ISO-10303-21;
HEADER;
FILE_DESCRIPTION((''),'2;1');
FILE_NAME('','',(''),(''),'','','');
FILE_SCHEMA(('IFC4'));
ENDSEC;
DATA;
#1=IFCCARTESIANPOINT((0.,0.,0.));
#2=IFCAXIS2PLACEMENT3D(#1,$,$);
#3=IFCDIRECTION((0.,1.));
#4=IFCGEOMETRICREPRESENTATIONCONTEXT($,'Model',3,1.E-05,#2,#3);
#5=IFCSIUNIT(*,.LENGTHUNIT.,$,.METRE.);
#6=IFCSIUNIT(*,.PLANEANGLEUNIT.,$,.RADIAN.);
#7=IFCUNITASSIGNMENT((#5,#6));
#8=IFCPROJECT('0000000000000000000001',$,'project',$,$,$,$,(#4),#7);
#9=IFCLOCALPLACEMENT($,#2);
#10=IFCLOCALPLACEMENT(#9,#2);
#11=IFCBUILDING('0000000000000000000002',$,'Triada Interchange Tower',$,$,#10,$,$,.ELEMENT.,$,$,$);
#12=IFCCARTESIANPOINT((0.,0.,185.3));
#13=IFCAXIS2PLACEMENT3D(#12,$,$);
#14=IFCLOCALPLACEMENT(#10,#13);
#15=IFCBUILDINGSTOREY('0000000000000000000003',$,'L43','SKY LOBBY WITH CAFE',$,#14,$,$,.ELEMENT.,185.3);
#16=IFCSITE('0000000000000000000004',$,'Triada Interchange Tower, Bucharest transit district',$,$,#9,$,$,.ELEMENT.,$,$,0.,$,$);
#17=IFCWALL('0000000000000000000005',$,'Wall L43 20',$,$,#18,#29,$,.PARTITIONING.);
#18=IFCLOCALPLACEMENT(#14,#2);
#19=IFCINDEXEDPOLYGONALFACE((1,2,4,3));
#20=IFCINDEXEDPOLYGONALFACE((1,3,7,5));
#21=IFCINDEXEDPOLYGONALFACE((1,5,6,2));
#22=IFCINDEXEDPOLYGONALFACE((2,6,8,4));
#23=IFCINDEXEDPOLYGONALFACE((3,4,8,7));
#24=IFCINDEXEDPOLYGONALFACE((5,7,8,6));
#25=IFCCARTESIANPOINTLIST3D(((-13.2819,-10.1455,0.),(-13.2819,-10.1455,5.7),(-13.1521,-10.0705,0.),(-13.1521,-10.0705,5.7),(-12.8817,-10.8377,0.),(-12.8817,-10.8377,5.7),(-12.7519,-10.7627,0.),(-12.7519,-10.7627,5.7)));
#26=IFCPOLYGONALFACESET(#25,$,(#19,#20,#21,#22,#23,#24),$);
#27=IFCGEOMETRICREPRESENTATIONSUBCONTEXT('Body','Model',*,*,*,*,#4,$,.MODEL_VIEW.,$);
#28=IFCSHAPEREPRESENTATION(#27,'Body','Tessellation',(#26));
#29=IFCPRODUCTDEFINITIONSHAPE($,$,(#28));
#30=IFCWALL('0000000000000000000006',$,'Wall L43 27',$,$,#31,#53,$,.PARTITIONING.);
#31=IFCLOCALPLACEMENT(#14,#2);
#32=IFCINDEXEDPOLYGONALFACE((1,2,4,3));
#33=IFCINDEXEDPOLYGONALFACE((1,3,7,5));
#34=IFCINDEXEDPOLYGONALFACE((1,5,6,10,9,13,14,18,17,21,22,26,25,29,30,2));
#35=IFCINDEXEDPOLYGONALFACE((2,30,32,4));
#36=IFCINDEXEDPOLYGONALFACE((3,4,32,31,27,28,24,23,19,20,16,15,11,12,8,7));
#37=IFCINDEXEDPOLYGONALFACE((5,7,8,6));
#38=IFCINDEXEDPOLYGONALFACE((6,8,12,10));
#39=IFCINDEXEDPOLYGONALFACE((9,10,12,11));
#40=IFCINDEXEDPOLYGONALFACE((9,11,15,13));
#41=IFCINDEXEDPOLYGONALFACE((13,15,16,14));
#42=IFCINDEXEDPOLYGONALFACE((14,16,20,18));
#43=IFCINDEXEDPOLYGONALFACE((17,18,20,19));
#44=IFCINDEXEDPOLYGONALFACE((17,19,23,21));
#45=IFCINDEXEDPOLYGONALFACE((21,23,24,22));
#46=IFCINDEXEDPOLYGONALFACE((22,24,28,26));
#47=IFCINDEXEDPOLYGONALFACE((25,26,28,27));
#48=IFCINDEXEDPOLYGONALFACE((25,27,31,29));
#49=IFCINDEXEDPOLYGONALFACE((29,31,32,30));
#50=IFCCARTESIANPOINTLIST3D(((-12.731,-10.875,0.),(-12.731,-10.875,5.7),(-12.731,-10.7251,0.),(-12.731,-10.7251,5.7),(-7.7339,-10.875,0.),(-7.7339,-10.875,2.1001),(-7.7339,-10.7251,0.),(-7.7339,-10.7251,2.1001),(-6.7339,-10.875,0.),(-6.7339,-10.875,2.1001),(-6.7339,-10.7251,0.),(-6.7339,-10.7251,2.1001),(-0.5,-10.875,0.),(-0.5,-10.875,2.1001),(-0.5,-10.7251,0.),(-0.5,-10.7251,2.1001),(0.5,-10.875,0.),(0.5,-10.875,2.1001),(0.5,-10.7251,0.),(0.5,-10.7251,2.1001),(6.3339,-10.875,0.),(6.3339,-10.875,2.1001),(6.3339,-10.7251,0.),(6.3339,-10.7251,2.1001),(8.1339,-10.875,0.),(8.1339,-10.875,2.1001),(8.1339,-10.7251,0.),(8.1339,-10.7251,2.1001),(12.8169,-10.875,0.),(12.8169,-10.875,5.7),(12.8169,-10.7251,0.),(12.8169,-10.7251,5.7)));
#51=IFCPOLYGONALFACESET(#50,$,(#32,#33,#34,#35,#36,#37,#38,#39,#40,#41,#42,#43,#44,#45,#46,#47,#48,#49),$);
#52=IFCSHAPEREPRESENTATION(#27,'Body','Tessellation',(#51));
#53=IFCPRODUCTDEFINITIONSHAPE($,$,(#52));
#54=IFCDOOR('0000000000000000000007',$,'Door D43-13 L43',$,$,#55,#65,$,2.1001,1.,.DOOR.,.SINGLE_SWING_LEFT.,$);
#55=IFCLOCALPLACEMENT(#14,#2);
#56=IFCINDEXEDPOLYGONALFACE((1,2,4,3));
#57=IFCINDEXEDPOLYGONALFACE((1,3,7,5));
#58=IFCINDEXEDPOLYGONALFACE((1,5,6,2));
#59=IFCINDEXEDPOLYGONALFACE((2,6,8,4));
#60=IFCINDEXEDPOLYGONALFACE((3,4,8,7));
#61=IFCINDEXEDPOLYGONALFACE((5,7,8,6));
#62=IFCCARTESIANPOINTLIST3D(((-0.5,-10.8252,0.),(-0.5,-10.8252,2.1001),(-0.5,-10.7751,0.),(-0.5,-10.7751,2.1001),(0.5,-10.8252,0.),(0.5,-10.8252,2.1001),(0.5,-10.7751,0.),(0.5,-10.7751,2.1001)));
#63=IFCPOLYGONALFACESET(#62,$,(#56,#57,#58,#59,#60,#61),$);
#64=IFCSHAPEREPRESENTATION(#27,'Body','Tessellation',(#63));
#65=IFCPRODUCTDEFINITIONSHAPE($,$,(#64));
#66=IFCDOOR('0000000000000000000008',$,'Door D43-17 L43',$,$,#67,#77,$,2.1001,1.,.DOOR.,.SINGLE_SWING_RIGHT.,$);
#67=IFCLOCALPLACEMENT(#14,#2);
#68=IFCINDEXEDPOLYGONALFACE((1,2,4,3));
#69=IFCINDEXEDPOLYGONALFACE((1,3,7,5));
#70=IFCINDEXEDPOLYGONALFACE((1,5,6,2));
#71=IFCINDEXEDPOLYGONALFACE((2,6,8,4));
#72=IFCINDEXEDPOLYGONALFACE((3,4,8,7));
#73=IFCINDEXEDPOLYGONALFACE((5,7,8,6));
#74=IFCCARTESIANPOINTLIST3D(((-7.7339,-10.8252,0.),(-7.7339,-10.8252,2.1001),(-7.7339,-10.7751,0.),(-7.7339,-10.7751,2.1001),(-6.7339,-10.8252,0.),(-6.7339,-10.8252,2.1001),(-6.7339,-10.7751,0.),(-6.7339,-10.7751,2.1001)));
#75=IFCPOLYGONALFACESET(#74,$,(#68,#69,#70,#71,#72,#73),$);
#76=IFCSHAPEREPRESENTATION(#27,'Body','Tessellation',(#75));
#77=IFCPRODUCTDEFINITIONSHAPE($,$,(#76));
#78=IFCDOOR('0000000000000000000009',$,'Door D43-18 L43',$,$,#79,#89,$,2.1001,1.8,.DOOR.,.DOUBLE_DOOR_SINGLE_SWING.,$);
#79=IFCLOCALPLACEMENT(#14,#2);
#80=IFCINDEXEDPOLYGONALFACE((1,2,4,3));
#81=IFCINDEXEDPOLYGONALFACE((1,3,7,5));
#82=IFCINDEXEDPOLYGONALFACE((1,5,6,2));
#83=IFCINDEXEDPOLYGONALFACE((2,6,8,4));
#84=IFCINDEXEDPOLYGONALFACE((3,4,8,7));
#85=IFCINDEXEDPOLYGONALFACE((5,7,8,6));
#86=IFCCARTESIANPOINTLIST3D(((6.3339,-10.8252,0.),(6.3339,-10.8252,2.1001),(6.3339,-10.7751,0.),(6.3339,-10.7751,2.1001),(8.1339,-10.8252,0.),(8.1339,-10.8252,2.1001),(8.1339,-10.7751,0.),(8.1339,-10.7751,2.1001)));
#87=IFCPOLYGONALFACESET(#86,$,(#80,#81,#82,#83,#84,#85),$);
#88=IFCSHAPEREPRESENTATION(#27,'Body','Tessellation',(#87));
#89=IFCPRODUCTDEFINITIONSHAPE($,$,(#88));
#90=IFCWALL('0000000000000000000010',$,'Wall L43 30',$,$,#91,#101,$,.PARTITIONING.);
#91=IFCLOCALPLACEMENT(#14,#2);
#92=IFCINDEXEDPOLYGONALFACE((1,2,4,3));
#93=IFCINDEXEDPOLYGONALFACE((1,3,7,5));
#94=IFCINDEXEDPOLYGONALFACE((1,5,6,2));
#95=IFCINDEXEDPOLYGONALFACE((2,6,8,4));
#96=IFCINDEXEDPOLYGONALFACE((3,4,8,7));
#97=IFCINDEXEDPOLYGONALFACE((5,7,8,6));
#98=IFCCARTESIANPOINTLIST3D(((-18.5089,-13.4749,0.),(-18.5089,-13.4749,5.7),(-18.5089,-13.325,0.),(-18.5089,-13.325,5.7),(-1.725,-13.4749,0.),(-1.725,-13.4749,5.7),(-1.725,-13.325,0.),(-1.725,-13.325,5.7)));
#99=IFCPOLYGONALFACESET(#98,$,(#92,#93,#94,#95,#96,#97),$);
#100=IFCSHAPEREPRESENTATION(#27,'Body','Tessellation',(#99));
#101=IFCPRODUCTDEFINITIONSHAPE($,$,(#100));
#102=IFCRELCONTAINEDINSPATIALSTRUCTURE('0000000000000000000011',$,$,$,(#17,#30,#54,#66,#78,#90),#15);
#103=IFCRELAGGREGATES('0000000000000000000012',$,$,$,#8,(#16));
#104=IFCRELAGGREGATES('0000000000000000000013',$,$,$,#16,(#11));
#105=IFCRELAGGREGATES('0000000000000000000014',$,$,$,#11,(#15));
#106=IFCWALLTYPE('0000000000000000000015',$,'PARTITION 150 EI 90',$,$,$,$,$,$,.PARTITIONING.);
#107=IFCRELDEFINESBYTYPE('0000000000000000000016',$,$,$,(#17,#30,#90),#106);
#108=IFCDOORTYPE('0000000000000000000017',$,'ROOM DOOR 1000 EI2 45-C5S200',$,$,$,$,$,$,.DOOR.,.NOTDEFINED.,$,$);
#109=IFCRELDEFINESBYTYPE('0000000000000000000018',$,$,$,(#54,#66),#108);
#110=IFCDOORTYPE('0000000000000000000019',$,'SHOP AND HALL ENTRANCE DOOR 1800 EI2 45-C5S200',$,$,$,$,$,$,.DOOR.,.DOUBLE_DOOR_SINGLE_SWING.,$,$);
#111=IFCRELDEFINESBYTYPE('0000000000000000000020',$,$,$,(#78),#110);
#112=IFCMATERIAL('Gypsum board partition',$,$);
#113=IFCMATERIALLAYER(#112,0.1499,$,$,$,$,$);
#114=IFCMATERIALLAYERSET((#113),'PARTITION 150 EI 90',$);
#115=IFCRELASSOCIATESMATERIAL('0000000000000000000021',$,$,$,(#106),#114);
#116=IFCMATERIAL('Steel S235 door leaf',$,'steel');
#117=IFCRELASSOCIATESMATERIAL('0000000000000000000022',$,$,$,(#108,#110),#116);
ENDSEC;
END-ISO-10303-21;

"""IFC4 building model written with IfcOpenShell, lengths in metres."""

from ifc_helpers import new_model, si_unit, direction, frame, frame_2d, origin, place, context, subcontext, project, spatial, rectangle, extrude, material, layer, layer_set, type_object, element, fill, save


model = new_model("IFC4")

# Units and contexts
model_context = context("Model", 3, precision=1e-05, world=origin(), true_north=direction((0.0, 1.0)))
body_context = subcontext(model_context, "Body", "Model", "MODEL_VIEW")
ifc_project = project(units=[si_unit("LENGTHUNIT", "METRE"), si_unit("PLANEANGLEUNIT", "RADIAN")], contexts=[model_context])

# Site, building, storey
site_placement = place(None, origin())
site = spatial("IfcSite", under=ifc_project, at=site_placement, Name="Triada Interchange Tower, Bucharest transit district", CompositionType="ELEMENT", RefElevation=0.0)
building_placement = place(site_placement, origin())
building = spatial("IfcBuilding", under=site, at=building_placement, Name="Triada Interchange Tower", CompositionType="ELEMENT")
storey_placement = place(building_placement, frame((0.0, 0.0, 185.3)))
storey = spatial("IfcBuildingStorey", under=building, at=storey_placement, Name="L43", Description="SKY LOBBY WITH CAFE", CompositionType="ELEMENT", Elevation=185.3)

# Shared definitions
ifc_material_1 = material(Name="Steel S235 door leaf", Category="steel")

# Shared definitions
ifc_material_2 = material(Name="Gypsum board partition")
ifc_layer_1 = layer(ifc_material_2, 0.1499)
ifc_layer_set_1 = layer_set([ifc_layer_1], Name="PARTITION 150 EI 90")
wall_type_1 = type_object("IfcWallType", Name="PARTITION 150 EI 90", PredefinedType="PARTITIONING", material=ifc_layer_set_1)
door_type_1 = type_object("IfcDoorType", Name="ROOM DOOR 1000 EI2 45-C5S200", OperationType="NOTDEFINED", PredefinedType="DOOR", material=ifc_material_1)

# Wall
wall_1_placement = place(storey_placement, frame((-13.217, -10.1079, 0.0), z_axis=(0.0, 0.0, 1.0), x_axis=(0.500507, -0.865733, 0.0)))
element("IfcWall", 1, at=wall_1_placement, inside=storey, type_object=wall_type_1, Name="Wall L43 20", PredefinedType="PARTITIONING", context=body_context, shape_type="SweptSolid", body=[
    extrude(rectangle(XDim=0.7996, YDim=0.1499, at=frame_2d((0.3999, 0.0))), origin(), (0.0, 0.0, 1.0), 5.7),
])

# Wall, openings, doors
wall_2_placement = place(storey_placement, frame((-12.731, -10.8, 0.0), z_axis=(0.0, 0.0, 1.0), x_axis=(1.0, 0.0, 0.0)))
wall_2 = element("IfcWall", 2, at=wall_2_placement, inside=storey, type_object=wall_type_1, Name="Wall L43 27", PredefinedType="PARTITIONING", context=body_context, shape_type="SweptSolid", body=[
    extrude(rectangle(XDim=25.5479, YDim=0.1499, at=frame_2d((12.7739, 0.0))), origin(), (0.0, 0.0, 1.0), 5.7),
])
opening_1_placement = place(wall_2_placement, frame((12.231, 0.0, 0.0)))
opening_1 = element("IfcOpeningElement", 3, at=opening_1_placement, cuts=wall_2, PredefinedType="OPENING", context=body_context, shape_type="SweptSolid", body=[
    extrude(rectangle(XDim=1.0, YDim=2.1001, at=frame_2d((0.5, 1.05))), frame((0.0, 0.085, 0.0), z_axis=(0.0, -1.0, 0.0), x_axis=(1.0, 0.0, 0.0)), (0.0, 0.0, 1.0), 0.1699),
])
opening_2_placement = place(wall_2_placement, frame((4.9971, 0.0, 0.0)))
opening_2 = element("IfcOpeningElement", 4, at=opening_2_placement, cuts=wall_2, PredefinedType="OPENING", context=body_context, shape_type="SweptSolid", body=[
    extrude(rectangle(XDim=1.0, YDim=2.1001, at=frame_2d((0.5, 1.05))), frame((0.0, 0.085, 0.0), z_axis=(0.0, -1.0, 0.0), x_axis=(1.0, 0.0, 0.0)), (0.0, 0.0, 1.0), 0.1699),
])
opening_3_placement = place(wall_2_placement, frame((19.0649, 0.0, 0.0)))
opening_3 = element("IfcOpeningElement", 5, at=opening_3_placement, cuts=wall_2, PredefinedType="OPENING", context=body_context, shape_type="SweptSolid", body=[
    extrude(rectangle(XDim=1.8, YDim=2.1001, at=frame_2d((0.8999, 1.05))), frame((0.0, 0.085, 0.0), z_axis=(0.0, -1.0, 0.0), x_axis=(1.0, 0.0, 0.0)), (0.0, 0.0, 1.0), 0.1699),
])
door_1_placement = place(opening_1_placement, origin())
door_1 = element("IfcDoor", 6, at=door_1_placement, inside=storey, type_object=door_type_1, Name="Door D43-13 L43", OperationType="SINGLE_SWING_LEFT", OverallHeight=2.1001, OverallWidth=1.0, PredefinedType="DOOR", context=body_context, shape_type="SweptSolid", body=[
    extrude(rectangle(XDim=1.0, YDim=2.1001, at=frame_2d((0.5, 1.05))), frame((0.0, 0.0249, 0.0), z_axis=(0.0, -1.0, 0.0), x_axis=(1.0, 0.0, 0.0)), (0.0, 0.0, 1.0), 0.05),
])
fill(opening_1, door_1)
door_2_placement = place(opening_2_placement, origin())
door_2 = element("IfcDoor", 7, at=door_2_placement, inside=storey, type_object=door_type_1, Name="Door D43-17 L43", OperationType="SINGLE_SWING_RIGHT", OverallHeight=2.1001, OverallWidth=1.0, PredefinedType="DOOR", context=body_context, shape_type="SweptSolid", body=[
    extrude(rectangle(XDim=1.0, YDim=2.1001, at=frame_2d((0.5, 1.05))), frame((0.0, 0.0249, 0.0), z_axis=(0.0, -1.0, 0.0), x_axis=(1.0, 0.0, 0.0)), (0.0, 0.0, 1.0), 0.05),
])
fill(opening_2, door_2)
door_type_2 = type_object("IfcDoorType", Name="SHOP AND HALL ENTRANCE DOOR 1800 EI2 45-C5S200", OperationType="DOUBLE_DOOR_SINGLE_SWING", PredefinedType="DOOR", material=ifc_material_1)
door_3_placement = place(opening_3_placement, origin())
door_3 = element("IfcDoor", 8, at=door_3_placement, inside=storey, type_object=door_type_2, Name="Door D43-18 L43", OperationType="DOUBLE_DOOR_SINGLE_SWING", OverallHeight=2.1001, OverallWidth=1.8, PredefinedType="DOOR", context=body_context, shape_type="SweptSolid", body=[
    extrude(rectangle(XDim=1.8, YDim=2.1001, at=frame_2d((0.8999, 1.05))), frame((0.0, 0.0249, 0.0), z_axis=(0.0, -1.0, 0.0), x_axis=(1.0, 0.0, 0.0)), (0.0, 0.0, 1.0), 0.05),
])
fill(opening_3, door_3)

# Wall
wall_3_placement = place(storey_placement, frame((-18.509, -13.3999, 0.0), z_axis=(0.0, 0.0, 1.0), x_axis=(1.0, 0.0, 0.0)))
element("IfcWall", 9, at=wall_3_placement, inside=storey, type_object=wall_type_1, Name="Wall L43 30", PredefinedType="PARTITIONING", context=body_context, shape_type="SweptSolid", body=[
    extrude(rectangle(XDim=16.7839, YDim=0.1499, at=frame_2d((8.3921, 0.0))), origin(), (0.0, 0.0, 1.0), 5.7),
])

save(model, "model.ifc")
